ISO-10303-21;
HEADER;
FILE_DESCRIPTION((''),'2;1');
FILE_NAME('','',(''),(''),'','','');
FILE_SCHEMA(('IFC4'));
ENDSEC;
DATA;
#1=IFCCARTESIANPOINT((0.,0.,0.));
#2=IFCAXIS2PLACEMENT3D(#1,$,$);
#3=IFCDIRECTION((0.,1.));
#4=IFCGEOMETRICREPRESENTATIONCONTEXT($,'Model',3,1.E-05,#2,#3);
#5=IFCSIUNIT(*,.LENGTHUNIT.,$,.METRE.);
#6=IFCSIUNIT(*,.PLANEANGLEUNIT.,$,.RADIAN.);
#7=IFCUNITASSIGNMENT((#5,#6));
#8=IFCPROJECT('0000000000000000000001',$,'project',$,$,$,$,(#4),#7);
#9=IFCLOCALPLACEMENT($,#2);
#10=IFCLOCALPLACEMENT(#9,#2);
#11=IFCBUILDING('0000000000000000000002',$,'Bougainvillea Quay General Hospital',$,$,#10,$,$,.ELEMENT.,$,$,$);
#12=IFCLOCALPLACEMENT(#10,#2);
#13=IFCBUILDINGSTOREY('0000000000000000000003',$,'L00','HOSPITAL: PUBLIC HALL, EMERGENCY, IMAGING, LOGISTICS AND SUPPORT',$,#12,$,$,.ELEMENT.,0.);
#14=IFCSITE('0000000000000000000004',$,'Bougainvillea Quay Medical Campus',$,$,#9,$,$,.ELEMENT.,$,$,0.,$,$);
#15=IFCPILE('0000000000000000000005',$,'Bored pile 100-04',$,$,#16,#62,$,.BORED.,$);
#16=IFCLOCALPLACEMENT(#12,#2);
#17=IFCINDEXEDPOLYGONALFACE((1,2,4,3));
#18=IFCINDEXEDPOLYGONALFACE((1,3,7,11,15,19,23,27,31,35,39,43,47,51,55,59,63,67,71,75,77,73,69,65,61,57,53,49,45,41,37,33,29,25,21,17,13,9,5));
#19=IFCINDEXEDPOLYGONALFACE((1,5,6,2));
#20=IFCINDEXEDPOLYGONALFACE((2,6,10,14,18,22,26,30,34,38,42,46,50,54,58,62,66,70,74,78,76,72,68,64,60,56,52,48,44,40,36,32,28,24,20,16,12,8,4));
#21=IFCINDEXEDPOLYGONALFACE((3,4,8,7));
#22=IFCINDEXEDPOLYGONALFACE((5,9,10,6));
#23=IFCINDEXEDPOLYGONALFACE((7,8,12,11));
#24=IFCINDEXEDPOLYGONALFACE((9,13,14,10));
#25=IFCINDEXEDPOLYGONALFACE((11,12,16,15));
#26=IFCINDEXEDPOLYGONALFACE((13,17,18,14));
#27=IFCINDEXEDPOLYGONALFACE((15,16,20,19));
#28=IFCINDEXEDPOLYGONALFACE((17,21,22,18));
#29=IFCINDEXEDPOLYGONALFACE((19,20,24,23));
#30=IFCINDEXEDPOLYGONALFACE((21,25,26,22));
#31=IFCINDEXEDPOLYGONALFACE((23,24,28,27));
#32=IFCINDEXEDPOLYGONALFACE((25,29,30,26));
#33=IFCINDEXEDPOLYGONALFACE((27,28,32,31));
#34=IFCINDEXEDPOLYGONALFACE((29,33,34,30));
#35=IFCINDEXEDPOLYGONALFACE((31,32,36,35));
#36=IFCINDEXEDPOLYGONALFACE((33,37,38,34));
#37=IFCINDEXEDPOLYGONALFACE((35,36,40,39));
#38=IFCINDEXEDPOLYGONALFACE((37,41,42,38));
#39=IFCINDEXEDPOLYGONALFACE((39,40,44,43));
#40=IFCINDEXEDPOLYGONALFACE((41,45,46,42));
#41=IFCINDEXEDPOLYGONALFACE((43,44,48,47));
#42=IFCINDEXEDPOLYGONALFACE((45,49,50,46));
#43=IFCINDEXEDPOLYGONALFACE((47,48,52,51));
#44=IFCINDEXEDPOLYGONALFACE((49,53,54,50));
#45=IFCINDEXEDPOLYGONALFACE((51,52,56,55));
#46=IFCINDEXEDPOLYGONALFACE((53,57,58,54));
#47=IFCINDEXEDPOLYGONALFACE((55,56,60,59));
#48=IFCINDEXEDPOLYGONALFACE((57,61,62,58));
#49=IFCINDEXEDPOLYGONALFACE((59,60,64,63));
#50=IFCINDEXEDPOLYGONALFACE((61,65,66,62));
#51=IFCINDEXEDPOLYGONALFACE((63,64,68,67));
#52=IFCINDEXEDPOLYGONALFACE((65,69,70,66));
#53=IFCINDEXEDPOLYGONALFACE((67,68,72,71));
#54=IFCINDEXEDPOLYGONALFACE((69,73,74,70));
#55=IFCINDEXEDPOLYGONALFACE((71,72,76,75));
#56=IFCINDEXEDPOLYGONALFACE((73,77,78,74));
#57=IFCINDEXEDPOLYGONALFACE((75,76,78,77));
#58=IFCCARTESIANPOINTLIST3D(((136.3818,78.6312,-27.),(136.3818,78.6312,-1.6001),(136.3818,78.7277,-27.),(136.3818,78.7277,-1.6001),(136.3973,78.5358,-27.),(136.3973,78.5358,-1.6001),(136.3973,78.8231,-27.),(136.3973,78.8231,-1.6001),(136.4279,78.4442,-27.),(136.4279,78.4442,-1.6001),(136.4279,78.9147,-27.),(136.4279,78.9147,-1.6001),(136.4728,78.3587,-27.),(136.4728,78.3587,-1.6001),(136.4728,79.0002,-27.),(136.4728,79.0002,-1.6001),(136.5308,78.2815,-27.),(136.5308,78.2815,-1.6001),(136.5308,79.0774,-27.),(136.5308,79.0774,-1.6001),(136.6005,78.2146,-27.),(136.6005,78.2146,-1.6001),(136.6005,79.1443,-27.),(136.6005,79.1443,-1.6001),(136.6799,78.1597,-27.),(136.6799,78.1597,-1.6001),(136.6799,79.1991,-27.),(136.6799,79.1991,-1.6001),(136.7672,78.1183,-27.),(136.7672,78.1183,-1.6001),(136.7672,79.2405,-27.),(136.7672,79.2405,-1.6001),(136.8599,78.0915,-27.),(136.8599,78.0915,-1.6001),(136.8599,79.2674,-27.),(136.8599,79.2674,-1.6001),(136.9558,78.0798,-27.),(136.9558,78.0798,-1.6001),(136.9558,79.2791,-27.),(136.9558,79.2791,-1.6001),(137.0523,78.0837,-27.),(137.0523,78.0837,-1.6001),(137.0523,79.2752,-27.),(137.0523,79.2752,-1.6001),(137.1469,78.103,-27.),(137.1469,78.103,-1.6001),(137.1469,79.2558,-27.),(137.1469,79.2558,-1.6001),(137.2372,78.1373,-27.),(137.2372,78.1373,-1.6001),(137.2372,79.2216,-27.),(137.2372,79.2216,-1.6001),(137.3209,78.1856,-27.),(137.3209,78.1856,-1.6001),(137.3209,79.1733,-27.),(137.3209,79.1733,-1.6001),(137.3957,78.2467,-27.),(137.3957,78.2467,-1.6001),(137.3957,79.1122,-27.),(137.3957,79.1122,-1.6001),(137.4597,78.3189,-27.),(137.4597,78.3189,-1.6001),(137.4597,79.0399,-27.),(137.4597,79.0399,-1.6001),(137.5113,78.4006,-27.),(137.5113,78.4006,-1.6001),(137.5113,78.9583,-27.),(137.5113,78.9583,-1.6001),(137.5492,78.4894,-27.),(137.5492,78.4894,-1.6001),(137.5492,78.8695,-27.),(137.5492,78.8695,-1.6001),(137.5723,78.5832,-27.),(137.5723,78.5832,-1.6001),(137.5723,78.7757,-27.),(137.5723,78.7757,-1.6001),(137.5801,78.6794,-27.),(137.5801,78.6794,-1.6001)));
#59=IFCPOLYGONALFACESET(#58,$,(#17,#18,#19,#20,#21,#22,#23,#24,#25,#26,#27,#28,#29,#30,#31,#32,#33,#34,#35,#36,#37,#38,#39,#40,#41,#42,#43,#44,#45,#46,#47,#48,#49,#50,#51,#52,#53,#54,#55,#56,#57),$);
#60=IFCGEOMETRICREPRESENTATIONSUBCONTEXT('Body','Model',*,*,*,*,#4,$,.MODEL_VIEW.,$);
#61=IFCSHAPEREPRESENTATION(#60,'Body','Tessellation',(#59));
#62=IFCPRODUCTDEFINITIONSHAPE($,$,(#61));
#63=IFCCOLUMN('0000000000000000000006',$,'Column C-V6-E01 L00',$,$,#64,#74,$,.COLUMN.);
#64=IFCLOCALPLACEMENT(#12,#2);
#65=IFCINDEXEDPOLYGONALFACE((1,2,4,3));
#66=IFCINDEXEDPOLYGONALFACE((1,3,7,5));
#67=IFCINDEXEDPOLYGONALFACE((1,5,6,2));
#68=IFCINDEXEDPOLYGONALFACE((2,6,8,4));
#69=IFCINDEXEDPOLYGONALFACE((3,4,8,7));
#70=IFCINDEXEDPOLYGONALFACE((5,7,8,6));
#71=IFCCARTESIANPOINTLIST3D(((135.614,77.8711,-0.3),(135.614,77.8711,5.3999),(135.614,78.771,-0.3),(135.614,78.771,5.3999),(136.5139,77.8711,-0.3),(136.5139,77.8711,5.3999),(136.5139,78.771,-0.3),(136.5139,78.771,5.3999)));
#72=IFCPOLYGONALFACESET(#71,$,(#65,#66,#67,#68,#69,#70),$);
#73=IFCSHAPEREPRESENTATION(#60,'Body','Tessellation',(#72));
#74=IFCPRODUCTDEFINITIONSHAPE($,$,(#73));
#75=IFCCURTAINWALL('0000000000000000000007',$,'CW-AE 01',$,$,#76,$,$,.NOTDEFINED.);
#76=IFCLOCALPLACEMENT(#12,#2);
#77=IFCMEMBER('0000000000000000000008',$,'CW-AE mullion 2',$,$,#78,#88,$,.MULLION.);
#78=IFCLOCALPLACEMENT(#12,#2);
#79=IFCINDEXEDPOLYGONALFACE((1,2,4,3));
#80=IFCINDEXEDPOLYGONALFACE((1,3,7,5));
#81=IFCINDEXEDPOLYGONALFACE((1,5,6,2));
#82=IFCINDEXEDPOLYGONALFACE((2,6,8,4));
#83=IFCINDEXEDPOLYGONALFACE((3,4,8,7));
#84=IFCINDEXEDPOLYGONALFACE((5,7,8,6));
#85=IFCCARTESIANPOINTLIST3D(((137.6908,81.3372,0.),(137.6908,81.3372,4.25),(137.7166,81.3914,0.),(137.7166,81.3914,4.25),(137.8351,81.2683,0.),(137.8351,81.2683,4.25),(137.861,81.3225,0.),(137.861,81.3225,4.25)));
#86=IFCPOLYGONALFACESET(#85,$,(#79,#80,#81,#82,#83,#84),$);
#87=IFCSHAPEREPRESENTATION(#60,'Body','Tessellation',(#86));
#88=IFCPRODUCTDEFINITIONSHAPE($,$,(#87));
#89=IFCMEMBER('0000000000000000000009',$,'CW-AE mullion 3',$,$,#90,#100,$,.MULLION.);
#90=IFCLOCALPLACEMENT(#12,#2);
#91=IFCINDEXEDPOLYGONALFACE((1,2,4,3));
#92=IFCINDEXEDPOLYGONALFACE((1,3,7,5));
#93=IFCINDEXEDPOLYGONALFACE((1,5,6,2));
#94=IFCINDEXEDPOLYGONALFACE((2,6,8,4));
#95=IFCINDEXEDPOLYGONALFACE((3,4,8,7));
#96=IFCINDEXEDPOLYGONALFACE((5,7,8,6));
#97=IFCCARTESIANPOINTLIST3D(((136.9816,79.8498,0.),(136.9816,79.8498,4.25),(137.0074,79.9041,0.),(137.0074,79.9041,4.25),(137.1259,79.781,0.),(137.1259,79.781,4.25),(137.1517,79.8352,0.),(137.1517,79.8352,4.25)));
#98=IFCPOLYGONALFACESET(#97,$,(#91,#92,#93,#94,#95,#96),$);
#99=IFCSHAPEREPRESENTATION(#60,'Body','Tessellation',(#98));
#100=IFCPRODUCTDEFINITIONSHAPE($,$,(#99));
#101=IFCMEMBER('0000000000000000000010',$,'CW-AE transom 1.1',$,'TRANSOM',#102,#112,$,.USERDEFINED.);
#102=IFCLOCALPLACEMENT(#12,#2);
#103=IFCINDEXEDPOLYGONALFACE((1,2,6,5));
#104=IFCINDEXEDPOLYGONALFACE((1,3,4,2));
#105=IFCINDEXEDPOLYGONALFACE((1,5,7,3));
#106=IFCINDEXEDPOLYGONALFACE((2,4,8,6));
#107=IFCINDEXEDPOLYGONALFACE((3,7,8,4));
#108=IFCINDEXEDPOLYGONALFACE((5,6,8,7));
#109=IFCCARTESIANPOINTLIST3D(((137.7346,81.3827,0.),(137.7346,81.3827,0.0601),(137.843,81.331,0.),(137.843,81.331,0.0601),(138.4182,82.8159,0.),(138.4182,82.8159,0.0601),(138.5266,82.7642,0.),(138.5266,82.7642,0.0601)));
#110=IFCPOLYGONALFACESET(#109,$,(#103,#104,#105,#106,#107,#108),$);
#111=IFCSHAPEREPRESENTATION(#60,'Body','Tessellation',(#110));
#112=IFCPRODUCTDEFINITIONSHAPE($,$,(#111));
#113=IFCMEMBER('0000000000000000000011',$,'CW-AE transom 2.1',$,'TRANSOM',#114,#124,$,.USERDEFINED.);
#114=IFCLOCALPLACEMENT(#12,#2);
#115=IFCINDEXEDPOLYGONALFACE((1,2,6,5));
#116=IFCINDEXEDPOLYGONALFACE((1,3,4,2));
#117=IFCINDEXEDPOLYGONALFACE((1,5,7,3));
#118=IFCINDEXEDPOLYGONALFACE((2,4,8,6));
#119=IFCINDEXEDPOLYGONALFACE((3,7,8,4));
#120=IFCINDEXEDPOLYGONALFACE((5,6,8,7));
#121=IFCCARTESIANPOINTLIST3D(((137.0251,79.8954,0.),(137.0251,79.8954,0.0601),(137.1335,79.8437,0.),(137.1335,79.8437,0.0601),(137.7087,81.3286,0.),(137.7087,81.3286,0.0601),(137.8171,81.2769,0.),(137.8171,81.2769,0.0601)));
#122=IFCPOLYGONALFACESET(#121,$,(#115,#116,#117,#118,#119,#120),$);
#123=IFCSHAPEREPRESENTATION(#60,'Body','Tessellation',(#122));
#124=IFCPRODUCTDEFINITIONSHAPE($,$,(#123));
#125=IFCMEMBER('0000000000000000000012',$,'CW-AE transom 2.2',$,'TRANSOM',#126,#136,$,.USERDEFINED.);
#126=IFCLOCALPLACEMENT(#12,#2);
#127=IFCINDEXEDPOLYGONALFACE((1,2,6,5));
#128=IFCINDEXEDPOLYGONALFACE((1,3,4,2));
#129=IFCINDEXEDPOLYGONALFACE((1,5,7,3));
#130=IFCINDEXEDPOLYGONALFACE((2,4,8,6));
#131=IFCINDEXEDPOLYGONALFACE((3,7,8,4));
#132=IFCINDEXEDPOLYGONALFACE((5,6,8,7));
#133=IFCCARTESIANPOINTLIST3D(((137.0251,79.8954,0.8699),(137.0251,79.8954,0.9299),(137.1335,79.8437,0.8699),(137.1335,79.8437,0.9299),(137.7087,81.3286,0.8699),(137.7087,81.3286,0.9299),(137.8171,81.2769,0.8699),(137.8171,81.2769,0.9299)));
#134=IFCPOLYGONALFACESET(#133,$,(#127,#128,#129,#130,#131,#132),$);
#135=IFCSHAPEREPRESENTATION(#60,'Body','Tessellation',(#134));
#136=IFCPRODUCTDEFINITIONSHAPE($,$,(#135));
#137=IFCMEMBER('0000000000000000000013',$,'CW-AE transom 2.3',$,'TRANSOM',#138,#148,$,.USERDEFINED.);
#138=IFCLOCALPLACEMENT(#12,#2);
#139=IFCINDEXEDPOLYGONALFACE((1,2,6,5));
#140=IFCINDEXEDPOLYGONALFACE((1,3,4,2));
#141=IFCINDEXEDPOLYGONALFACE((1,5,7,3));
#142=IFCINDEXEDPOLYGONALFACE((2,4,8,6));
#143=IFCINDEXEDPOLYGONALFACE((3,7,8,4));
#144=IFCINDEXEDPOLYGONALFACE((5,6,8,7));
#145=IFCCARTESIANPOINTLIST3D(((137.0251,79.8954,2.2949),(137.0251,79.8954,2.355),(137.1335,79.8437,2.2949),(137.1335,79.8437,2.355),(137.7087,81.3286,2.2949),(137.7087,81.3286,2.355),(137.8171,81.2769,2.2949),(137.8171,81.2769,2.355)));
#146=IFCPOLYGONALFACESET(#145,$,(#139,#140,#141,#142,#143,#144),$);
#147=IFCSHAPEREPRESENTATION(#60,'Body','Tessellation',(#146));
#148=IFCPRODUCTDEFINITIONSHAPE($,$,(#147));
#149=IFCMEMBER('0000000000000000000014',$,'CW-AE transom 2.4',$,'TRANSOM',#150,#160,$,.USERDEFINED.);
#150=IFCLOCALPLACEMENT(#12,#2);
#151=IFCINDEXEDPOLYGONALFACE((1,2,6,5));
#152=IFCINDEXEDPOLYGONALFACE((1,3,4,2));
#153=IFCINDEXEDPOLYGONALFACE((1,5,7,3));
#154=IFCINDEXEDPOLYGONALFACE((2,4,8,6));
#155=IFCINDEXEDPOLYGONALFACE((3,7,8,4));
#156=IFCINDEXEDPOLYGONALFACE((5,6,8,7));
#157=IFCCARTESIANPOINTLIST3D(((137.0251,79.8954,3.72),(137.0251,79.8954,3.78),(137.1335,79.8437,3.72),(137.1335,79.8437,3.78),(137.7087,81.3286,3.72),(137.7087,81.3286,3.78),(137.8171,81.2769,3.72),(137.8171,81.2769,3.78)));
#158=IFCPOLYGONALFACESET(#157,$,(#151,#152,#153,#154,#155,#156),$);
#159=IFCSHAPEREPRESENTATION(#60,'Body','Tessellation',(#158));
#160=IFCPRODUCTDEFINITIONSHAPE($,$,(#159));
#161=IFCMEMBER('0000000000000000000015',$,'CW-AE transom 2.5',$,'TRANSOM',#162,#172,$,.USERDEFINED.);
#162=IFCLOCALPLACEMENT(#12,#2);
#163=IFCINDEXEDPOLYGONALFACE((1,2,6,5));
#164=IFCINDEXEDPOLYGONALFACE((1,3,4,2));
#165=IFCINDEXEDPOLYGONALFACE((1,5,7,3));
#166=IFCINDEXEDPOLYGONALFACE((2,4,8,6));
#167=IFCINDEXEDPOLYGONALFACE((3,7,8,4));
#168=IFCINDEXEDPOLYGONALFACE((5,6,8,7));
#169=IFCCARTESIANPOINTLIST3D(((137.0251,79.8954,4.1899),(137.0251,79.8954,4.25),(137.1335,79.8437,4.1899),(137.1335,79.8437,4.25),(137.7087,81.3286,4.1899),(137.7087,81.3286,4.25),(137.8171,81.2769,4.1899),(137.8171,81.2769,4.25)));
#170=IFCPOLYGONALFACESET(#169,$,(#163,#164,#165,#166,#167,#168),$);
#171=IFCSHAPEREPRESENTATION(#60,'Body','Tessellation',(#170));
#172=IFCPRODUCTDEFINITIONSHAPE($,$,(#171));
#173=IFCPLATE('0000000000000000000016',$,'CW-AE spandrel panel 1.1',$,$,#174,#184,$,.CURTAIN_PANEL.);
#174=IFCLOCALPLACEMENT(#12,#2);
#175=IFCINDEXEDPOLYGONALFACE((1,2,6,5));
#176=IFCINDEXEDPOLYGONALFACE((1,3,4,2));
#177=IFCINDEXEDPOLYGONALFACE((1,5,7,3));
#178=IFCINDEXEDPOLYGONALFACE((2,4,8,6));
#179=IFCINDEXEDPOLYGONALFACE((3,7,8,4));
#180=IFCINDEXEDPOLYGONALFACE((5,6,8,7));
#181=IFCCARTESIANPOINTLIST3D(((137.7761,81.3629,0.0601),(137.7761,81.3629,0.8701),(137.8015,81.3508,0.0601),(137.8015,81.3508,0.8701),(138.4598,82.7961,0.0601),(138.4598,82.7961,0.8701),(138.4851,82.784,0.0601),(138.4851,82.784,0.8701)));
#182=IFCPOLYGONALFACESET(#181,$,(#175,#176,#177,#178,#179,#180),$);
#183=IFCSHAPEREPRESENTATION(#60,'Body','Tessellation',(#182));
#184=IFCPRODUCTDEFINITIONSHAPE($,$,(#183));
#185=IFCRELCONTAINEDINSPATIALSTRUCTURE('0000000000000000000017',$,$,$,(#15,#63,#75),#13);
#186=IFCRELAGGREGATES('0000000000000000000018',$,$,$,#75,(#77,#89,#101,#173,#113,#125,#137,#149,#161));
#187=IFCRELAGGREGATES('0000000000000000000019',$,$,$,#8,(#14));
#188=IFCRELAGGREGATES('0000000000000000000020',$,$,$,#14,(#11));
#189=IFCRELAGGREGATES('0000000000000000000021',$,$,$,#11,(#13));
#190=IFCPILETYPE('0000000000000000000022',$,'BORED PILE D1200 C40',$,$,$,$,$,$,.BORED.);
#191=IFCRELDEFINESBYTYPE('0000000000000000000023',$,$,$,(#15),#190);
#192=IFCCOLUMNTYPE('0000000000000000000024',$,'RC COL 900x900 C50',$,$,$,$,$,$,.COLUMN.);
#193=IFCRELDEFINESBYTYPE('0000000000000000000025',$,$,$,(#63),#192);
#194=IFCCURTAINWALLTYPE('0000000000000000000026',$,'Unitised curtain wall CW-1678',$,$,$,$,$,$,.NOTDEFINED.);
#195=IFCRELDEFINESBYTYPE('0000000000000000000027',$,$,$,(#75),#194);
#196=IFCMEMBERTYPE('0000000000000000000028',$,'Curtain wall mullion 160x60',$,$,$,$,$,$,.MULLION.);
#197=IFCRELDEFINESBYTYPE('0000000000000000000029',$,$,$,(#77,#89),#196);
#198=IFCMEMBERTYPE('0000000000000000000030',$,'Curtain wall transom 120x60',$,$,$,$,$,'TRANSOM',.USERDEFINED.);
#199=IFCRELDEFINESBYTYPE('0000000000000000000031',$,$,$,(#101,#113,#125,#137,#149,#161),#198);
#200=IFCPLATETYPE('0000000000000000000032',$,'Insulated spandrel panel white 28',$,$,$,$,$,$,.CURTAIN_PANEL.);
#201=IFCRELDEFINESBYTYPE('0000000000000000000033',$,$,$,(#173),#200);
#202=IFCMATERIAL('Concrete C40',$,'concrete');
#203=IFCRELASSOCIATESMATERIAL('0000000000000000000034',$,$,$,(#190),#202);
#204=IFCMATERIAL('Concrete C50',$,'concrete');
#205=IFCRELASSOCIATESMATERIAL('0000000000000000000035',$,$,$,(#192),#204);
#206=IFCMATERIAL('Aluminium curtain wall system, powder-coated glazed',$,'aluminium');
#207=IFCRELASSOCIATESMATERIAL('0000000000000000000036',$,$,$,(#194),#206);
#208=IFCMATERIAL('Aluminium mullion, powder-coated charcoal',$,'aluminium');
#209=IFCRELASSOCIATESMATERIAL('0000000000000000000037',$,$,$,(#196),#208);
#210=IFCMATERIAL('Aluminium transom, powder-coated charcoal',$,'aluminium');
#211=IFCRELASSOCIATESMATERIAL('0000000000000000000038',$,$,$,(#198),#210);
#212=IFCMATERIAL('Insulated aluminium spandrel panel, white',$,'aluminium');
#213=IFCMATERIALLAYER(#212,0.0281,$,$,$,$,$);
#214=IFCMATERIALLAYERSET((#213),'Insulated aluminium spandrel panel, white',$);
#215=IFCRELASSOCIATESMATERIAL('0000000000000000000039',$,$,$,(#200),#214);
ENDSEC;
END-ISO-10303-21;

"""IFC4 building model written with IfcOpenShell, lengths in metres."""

from ifc_helpers import new_model, si_unit, direction, frame, origin, origin_2d, place, context, subcontext, project, spatial, rectangle, circle, extrude, material, layer, layer_set, material_profile, profile_set, type_object, element, aggregate, save


model = new_model("IFC4")

# Units and contexts
model_context = context("Model", 3, precision=1e-05, world=origin(), true_north=direction((0.0, 1.0)))
body_context = subcontext(model_context, "Body", "Model", "MODEL_VIEW")
ifc_project = project(units=[si_unit("LENGTHUNIT", "METRE"), si_unit("PLANEANGLEUNIT", "RADIAN")], contexts=[model_context])

# Site, building, storey
site_placement = place(None, origin())
site = spatial("IfcSite", under=ifc_project, at=site_placement, Name="Bougainvillea Quay Medical Campus", CompositionType="ELEMENT", RefElevation=0.0)
building_placement = place(site_placement, origin())
building = spatial("IfcBuilding", under=site, at=building_placement, Name="Bougainvillea Quay General Hospital", CompositionType="ELEMENT")
storey_placement = place(building_placement, origin())
storey = spatial("IfcBuildingStorey", under=building, at=storey_placement, Name="L00", Description="HOSPITAL: PUBLIC HALL, EMERGENCY, IMAGING, LOGISTICS AND SUPPORT", CompositionType="ELEMENT", Elevation=0.0)

# Pile
ifc_material_1 = material(Name="Concrete C40", Category="concrete")
ifc_material_profile_1 = material_profile(ifc_material_1, circle(Radius=0.6001, at=origin_2d()))
ifc_profile_set_1 = profile_set([ifc_material_profile_1], Name="Concrete C40")
pile_type = type_object("IfcPileType", Name="BORED PILE D1200 C40", PredefinedType="BORED", material=ifc_profile_set_1)
pile_placement = place(storey_placement, frame((136.98, 78.6794, -1.6001), z_axis=(0.0, 0.0, -1.0), x_axis=(1.0, 0.0, 0.0)))
element("IfcPile", 1, at=pile_placement, inside=storey, type_object=pile_type, Name="Bored pile 100-04", PredefinedType="BORED", context=body_context, shape_type="SweptSolid", body=[
    extrude(circle(Radius=0.6001, at=origin_2d()), origin(), (0.0, 0.0, 1.0), 25.3999),
])

# Column
ifc_material_2 = material(Name="Concrete C50", Category="concrete")
ifc_material_profile_2 = material_profile(ifc_material_2, rectangle(XDim=0.8999, YDim=0.8999, at=origin_2d()))
ifc_profile_set_2 = profile_set([ifc_material_profile_2], Name="Concrete C50")
column_type = type_object("IfcColumnType", Name="RC COL 900x900 C50", PredefinedType="COLUMN", material=ifc_profile_set_2)
column_placement = place(storey_placement, frame((136.064, 78.321, -0.3), z_axis=(0.0, 0.0, 1.0), x_axis=(1.0, 0.0, 0.0)))
element("IfcColumn", 2, at=column_placement, inside=storey, type_object=column_type, Name="Column C-V6-E01 L00", PredefinedType="COLUMN", context=body_context, shape_type="SweptSolid", body=[
    extrude(rectangle(XDim=0.8999, YDim=0.8999, at=origin_2d()), origin(), (0.0, 0.0, 1.0), 5.7),
])

# Curtain wall, members, plate
ifc_material_3 = material(Name="Aluminium curtain wall system, powder-coated glazed", Category="aluminium")
curtain_wall_type = type_object("IfcCurtainWallType", Name="Unitised curtain wall CW-1678", PredefinedType="NOTDEFINED", material=ifc_material_3)
curtain_wall_placement = place(storey_placement, origin())
curtain_wall = element("IfcCurtainWall", 3, at=curtain_wall_placement, inside=storey, type_object=curtain_wall_type, Name="CW-AE 01", PredefinedType="NOTDEFINED")
ifc_material_4 = material(Name="Aluminium mullion, powder-coated charcoal", Category="aluminium")
ifc_material_profile_3 = material_profile(ifc_material_4, rectangle(XDim=0.1599, YDim=0.0601, at=origin_2d()))
ifc_profile_set_3 = profile_set([ifc_material_profile_3], Name="Aluminium mullion, powder-coated charcoal")
member_type_1 = type_object("IfcMemberType", Name="Curtain wall mullion 160x60", PredefinedType="MULLION", material=ifc_profile_set_3)
member_1_placement = place(storey_placement, frame((137.7759, 81.3298, 0.0), z_axis=(0.0, 0.0, 1.0), x_axis=(0.902576, -0.43053, 0.0)))
member_1 = element("IfcMember", 4, at=member_1_placement, type_object=member_type_1, Name="CW-AE mullion 2", PredefinedType="MULLION", context=body_context, shape_type="SweptSolid", body=[
    extrude(rectangle(XDim=0.1599, YDim=0.0601, at=origin_2d()), origin(), (0.0, 0.0, 1.0), 4.25),
])
member_2_placement = place(storey_placement, frame((137.0667, 79.8425, 0.0), z_axis=(0.0, 0.0, 1.0), x_axis=(0.902576, -0.43053, 0.0)))
member_2 = element("IfcMember", 5, at=member_2_placement, type_object=member_type_1, Name="CW-AE mullion 3", PredefinedType="MULLION", context=body_context, shape_type="SweptSolid", body=[
    extrude(rectangle(XDim=0.1599, YDim=0.0601, at=origin_2d()), origin(), (0.0, 0.0, 1.0), 4.25),
])
ifc_material_5 = material(Name="Aluminium transom, powder-coated charcoal", Category="aluminium")
ifc_material_profile_4 = material_profile(ifc_material_5, rectangle(XDim=0.1201, YDim=0.0601, at=origin_2d()))
ifc_profile_set_4 = profile_set([ifc_material_profile_4], Name="Aluminium transom, powder-coated charcoal")
member_type_2 = type_object("IfcMemberType", Name="Curtain wall transom 120x60", ElementType="TRANSOM", PredefinedType="USERDEFINED", material=ifc_profile_set_4)
member_3_placement = place(storey_placement, frame((138.4724, 82.79, 0.03), z_axis=(-0.43053, -0.902576, 0.0), x_axis=(0.902576, -0.43053, 0.0)))
member_3 = element("IfcMember", 6, at=member_3_placement, type_object=member_type_2, Name="CW-AE transom 1.1", ObjectType="TRANSOM", PredefinedType="USERDEFINED", context=body_context, shape_type="SweptSolid", body=[
    extrude(rectangle(XDim=0.1201, YDim=0.0601, at=origin_2d()), origin(), (0.0, 0.0, 1.0), 1.5879),
])
member_4_placement = place(storey_placement, frame((137.7629, 81.3027, 0.03), z_axis=(-0.43053, -0.902576, 0.0), x_axis=(0.902576, -0.43053, 0.0)))
member_4 = element("IfcMember", 7, at=member_4_placement, type_object=member_type_2, Name="CW-AE transom 2.1", ObjectType="TRANSOM", PredefinedType="USERDEFINED", context=body_context, shape_type="SweptSolid", body=[
    extrude(rectangle(XDim=0.1201, YDim=0.0601, at=origin_2d()), origin(), (0.0, 0.0, 1.0), 1.5879),
])
member_5_placement = place(storey_placement, frame((137.7629, 81.3027, 0.8999), z_axis=(-0.43053, -0.902576, 0.0), x_axis=(0.902576, -0.43053, 0.0)))
member_5 = element("IfcMember", 8, at=member_5_placement, type_object=member_type_2, Name="CW-AE transom 2.2", ObjectType="TRANSOM", PredefinedType="USERDEFINED", context=body_context, shape_type="SweptSolid", body=[
    extrude(rectangle(XDim=0.1201, YDim=0.0601, at=origin_2d()), origin(), (0.0, 0.0, 1.0), 1.5879),
])
member_6_placement = place(storey_placement, frame((137.7629, 81.3027, 2.325), z_axis=(-0.43053, -0.902576, 0.0), x_axis=(0.902576, -0.43053, 0.0)))
member_6 = element("IfcMember", 9, at=member_6_placement, type_object=member_type_2, Name="CW-AE transom 2.3", ObjectType="TRANSOM", PredefinedType="USERDEFINED", context=body_context, shape_type="SweptSolid", body=[
    extrude(rectangle(XDim=0.1201, YDim=0.0601, at=origin_2d()), origin(), (0.0, 0.0, 1.0), 1.5879),
])
member_7_placement = place(storey_placement, frame((137.7629, 81.3027, 3.75), z_axis=(-0.43053, -0.902576, 0.0), x_axis=(0.902576, -0.43053, 0.0)))
member_7 = element("IfcMember", 10, at=member_7_placement, type_object=member_type_2, Name="CW-AE transom 2.4", ObjectType="TRANSOM", PredefinedType="USERDEFINED", context=body_context, shape_type="SweptSolid", body=[
    extrude(rectangle(XDim=0.1201, YDim=0.0601, at=origin_2d()), origin(), (0.0, 0.0, 1.0), 1.5879),
])
member_8_placement = place(storey_placement, frame((137.7629, 81.3027, 4.22), z_axis=(-0.43053, -0.902576, 0.0), x_axis=(0.902576, -0.43053, 0.0)))
member_8 = element("IfcMember", 11, at=member_8_placement, type_object=member_type_2, Name="CW-AE transom 2.5", ObjectType="TRANSOM", PredefinedType="USERDEFINED", context=body_context, shape_type="SweptSolid", body=[
    extrude(rectangle(XDim=0.1201, YDim=0.0601, at=origin_2d()), origin(), (0.0, 0.0, 1.0), 1.5879),
])
ifc_material_6 = material(Name="Insulated aluminium spandrel panel, white", Category="aluminium")
ifc_layer_1 = layer(ifc_material_6, 0.0281)
ifc_layer_set_1 = layer_set([ifc_layer_1], Name="Insulated aluminium spandrel panel, white")
plate_type_1 = type_object("IfcPlateType", Name="Insulated spandrel panel white 28", PredefinedType="CURTAIN_PANEL", material=ifc_layer_set_1)
plate_1_placement = place(storey_placement, frame((138.1306, 82.0735, 0.0601), z_axis=(0.0, 0.0, 1.0), x_axis=(-0.43053, -0.902576, 0.0)))
plate_1 = element("IfcPlate", 12, at=plate_1_placement, type_object=plate_type_1, Name="CW-AE spandrel panel 1.1", PredefinedType="CURTAIN_PANEL", context=body_context, shape_type="SweptSolid", body=[
    extrude(rectangle(XDim=1.5879, YDim=0.0281, at=origin_2d()), origin(), (0.0, 0.0, 1.0), 0.8101),
])
aggregate(curtain_wall, [member_1, member_2, member_3, plate_1, member_4, member_5, member_6, member_7, member_8])

save(model, "model.ifc")
